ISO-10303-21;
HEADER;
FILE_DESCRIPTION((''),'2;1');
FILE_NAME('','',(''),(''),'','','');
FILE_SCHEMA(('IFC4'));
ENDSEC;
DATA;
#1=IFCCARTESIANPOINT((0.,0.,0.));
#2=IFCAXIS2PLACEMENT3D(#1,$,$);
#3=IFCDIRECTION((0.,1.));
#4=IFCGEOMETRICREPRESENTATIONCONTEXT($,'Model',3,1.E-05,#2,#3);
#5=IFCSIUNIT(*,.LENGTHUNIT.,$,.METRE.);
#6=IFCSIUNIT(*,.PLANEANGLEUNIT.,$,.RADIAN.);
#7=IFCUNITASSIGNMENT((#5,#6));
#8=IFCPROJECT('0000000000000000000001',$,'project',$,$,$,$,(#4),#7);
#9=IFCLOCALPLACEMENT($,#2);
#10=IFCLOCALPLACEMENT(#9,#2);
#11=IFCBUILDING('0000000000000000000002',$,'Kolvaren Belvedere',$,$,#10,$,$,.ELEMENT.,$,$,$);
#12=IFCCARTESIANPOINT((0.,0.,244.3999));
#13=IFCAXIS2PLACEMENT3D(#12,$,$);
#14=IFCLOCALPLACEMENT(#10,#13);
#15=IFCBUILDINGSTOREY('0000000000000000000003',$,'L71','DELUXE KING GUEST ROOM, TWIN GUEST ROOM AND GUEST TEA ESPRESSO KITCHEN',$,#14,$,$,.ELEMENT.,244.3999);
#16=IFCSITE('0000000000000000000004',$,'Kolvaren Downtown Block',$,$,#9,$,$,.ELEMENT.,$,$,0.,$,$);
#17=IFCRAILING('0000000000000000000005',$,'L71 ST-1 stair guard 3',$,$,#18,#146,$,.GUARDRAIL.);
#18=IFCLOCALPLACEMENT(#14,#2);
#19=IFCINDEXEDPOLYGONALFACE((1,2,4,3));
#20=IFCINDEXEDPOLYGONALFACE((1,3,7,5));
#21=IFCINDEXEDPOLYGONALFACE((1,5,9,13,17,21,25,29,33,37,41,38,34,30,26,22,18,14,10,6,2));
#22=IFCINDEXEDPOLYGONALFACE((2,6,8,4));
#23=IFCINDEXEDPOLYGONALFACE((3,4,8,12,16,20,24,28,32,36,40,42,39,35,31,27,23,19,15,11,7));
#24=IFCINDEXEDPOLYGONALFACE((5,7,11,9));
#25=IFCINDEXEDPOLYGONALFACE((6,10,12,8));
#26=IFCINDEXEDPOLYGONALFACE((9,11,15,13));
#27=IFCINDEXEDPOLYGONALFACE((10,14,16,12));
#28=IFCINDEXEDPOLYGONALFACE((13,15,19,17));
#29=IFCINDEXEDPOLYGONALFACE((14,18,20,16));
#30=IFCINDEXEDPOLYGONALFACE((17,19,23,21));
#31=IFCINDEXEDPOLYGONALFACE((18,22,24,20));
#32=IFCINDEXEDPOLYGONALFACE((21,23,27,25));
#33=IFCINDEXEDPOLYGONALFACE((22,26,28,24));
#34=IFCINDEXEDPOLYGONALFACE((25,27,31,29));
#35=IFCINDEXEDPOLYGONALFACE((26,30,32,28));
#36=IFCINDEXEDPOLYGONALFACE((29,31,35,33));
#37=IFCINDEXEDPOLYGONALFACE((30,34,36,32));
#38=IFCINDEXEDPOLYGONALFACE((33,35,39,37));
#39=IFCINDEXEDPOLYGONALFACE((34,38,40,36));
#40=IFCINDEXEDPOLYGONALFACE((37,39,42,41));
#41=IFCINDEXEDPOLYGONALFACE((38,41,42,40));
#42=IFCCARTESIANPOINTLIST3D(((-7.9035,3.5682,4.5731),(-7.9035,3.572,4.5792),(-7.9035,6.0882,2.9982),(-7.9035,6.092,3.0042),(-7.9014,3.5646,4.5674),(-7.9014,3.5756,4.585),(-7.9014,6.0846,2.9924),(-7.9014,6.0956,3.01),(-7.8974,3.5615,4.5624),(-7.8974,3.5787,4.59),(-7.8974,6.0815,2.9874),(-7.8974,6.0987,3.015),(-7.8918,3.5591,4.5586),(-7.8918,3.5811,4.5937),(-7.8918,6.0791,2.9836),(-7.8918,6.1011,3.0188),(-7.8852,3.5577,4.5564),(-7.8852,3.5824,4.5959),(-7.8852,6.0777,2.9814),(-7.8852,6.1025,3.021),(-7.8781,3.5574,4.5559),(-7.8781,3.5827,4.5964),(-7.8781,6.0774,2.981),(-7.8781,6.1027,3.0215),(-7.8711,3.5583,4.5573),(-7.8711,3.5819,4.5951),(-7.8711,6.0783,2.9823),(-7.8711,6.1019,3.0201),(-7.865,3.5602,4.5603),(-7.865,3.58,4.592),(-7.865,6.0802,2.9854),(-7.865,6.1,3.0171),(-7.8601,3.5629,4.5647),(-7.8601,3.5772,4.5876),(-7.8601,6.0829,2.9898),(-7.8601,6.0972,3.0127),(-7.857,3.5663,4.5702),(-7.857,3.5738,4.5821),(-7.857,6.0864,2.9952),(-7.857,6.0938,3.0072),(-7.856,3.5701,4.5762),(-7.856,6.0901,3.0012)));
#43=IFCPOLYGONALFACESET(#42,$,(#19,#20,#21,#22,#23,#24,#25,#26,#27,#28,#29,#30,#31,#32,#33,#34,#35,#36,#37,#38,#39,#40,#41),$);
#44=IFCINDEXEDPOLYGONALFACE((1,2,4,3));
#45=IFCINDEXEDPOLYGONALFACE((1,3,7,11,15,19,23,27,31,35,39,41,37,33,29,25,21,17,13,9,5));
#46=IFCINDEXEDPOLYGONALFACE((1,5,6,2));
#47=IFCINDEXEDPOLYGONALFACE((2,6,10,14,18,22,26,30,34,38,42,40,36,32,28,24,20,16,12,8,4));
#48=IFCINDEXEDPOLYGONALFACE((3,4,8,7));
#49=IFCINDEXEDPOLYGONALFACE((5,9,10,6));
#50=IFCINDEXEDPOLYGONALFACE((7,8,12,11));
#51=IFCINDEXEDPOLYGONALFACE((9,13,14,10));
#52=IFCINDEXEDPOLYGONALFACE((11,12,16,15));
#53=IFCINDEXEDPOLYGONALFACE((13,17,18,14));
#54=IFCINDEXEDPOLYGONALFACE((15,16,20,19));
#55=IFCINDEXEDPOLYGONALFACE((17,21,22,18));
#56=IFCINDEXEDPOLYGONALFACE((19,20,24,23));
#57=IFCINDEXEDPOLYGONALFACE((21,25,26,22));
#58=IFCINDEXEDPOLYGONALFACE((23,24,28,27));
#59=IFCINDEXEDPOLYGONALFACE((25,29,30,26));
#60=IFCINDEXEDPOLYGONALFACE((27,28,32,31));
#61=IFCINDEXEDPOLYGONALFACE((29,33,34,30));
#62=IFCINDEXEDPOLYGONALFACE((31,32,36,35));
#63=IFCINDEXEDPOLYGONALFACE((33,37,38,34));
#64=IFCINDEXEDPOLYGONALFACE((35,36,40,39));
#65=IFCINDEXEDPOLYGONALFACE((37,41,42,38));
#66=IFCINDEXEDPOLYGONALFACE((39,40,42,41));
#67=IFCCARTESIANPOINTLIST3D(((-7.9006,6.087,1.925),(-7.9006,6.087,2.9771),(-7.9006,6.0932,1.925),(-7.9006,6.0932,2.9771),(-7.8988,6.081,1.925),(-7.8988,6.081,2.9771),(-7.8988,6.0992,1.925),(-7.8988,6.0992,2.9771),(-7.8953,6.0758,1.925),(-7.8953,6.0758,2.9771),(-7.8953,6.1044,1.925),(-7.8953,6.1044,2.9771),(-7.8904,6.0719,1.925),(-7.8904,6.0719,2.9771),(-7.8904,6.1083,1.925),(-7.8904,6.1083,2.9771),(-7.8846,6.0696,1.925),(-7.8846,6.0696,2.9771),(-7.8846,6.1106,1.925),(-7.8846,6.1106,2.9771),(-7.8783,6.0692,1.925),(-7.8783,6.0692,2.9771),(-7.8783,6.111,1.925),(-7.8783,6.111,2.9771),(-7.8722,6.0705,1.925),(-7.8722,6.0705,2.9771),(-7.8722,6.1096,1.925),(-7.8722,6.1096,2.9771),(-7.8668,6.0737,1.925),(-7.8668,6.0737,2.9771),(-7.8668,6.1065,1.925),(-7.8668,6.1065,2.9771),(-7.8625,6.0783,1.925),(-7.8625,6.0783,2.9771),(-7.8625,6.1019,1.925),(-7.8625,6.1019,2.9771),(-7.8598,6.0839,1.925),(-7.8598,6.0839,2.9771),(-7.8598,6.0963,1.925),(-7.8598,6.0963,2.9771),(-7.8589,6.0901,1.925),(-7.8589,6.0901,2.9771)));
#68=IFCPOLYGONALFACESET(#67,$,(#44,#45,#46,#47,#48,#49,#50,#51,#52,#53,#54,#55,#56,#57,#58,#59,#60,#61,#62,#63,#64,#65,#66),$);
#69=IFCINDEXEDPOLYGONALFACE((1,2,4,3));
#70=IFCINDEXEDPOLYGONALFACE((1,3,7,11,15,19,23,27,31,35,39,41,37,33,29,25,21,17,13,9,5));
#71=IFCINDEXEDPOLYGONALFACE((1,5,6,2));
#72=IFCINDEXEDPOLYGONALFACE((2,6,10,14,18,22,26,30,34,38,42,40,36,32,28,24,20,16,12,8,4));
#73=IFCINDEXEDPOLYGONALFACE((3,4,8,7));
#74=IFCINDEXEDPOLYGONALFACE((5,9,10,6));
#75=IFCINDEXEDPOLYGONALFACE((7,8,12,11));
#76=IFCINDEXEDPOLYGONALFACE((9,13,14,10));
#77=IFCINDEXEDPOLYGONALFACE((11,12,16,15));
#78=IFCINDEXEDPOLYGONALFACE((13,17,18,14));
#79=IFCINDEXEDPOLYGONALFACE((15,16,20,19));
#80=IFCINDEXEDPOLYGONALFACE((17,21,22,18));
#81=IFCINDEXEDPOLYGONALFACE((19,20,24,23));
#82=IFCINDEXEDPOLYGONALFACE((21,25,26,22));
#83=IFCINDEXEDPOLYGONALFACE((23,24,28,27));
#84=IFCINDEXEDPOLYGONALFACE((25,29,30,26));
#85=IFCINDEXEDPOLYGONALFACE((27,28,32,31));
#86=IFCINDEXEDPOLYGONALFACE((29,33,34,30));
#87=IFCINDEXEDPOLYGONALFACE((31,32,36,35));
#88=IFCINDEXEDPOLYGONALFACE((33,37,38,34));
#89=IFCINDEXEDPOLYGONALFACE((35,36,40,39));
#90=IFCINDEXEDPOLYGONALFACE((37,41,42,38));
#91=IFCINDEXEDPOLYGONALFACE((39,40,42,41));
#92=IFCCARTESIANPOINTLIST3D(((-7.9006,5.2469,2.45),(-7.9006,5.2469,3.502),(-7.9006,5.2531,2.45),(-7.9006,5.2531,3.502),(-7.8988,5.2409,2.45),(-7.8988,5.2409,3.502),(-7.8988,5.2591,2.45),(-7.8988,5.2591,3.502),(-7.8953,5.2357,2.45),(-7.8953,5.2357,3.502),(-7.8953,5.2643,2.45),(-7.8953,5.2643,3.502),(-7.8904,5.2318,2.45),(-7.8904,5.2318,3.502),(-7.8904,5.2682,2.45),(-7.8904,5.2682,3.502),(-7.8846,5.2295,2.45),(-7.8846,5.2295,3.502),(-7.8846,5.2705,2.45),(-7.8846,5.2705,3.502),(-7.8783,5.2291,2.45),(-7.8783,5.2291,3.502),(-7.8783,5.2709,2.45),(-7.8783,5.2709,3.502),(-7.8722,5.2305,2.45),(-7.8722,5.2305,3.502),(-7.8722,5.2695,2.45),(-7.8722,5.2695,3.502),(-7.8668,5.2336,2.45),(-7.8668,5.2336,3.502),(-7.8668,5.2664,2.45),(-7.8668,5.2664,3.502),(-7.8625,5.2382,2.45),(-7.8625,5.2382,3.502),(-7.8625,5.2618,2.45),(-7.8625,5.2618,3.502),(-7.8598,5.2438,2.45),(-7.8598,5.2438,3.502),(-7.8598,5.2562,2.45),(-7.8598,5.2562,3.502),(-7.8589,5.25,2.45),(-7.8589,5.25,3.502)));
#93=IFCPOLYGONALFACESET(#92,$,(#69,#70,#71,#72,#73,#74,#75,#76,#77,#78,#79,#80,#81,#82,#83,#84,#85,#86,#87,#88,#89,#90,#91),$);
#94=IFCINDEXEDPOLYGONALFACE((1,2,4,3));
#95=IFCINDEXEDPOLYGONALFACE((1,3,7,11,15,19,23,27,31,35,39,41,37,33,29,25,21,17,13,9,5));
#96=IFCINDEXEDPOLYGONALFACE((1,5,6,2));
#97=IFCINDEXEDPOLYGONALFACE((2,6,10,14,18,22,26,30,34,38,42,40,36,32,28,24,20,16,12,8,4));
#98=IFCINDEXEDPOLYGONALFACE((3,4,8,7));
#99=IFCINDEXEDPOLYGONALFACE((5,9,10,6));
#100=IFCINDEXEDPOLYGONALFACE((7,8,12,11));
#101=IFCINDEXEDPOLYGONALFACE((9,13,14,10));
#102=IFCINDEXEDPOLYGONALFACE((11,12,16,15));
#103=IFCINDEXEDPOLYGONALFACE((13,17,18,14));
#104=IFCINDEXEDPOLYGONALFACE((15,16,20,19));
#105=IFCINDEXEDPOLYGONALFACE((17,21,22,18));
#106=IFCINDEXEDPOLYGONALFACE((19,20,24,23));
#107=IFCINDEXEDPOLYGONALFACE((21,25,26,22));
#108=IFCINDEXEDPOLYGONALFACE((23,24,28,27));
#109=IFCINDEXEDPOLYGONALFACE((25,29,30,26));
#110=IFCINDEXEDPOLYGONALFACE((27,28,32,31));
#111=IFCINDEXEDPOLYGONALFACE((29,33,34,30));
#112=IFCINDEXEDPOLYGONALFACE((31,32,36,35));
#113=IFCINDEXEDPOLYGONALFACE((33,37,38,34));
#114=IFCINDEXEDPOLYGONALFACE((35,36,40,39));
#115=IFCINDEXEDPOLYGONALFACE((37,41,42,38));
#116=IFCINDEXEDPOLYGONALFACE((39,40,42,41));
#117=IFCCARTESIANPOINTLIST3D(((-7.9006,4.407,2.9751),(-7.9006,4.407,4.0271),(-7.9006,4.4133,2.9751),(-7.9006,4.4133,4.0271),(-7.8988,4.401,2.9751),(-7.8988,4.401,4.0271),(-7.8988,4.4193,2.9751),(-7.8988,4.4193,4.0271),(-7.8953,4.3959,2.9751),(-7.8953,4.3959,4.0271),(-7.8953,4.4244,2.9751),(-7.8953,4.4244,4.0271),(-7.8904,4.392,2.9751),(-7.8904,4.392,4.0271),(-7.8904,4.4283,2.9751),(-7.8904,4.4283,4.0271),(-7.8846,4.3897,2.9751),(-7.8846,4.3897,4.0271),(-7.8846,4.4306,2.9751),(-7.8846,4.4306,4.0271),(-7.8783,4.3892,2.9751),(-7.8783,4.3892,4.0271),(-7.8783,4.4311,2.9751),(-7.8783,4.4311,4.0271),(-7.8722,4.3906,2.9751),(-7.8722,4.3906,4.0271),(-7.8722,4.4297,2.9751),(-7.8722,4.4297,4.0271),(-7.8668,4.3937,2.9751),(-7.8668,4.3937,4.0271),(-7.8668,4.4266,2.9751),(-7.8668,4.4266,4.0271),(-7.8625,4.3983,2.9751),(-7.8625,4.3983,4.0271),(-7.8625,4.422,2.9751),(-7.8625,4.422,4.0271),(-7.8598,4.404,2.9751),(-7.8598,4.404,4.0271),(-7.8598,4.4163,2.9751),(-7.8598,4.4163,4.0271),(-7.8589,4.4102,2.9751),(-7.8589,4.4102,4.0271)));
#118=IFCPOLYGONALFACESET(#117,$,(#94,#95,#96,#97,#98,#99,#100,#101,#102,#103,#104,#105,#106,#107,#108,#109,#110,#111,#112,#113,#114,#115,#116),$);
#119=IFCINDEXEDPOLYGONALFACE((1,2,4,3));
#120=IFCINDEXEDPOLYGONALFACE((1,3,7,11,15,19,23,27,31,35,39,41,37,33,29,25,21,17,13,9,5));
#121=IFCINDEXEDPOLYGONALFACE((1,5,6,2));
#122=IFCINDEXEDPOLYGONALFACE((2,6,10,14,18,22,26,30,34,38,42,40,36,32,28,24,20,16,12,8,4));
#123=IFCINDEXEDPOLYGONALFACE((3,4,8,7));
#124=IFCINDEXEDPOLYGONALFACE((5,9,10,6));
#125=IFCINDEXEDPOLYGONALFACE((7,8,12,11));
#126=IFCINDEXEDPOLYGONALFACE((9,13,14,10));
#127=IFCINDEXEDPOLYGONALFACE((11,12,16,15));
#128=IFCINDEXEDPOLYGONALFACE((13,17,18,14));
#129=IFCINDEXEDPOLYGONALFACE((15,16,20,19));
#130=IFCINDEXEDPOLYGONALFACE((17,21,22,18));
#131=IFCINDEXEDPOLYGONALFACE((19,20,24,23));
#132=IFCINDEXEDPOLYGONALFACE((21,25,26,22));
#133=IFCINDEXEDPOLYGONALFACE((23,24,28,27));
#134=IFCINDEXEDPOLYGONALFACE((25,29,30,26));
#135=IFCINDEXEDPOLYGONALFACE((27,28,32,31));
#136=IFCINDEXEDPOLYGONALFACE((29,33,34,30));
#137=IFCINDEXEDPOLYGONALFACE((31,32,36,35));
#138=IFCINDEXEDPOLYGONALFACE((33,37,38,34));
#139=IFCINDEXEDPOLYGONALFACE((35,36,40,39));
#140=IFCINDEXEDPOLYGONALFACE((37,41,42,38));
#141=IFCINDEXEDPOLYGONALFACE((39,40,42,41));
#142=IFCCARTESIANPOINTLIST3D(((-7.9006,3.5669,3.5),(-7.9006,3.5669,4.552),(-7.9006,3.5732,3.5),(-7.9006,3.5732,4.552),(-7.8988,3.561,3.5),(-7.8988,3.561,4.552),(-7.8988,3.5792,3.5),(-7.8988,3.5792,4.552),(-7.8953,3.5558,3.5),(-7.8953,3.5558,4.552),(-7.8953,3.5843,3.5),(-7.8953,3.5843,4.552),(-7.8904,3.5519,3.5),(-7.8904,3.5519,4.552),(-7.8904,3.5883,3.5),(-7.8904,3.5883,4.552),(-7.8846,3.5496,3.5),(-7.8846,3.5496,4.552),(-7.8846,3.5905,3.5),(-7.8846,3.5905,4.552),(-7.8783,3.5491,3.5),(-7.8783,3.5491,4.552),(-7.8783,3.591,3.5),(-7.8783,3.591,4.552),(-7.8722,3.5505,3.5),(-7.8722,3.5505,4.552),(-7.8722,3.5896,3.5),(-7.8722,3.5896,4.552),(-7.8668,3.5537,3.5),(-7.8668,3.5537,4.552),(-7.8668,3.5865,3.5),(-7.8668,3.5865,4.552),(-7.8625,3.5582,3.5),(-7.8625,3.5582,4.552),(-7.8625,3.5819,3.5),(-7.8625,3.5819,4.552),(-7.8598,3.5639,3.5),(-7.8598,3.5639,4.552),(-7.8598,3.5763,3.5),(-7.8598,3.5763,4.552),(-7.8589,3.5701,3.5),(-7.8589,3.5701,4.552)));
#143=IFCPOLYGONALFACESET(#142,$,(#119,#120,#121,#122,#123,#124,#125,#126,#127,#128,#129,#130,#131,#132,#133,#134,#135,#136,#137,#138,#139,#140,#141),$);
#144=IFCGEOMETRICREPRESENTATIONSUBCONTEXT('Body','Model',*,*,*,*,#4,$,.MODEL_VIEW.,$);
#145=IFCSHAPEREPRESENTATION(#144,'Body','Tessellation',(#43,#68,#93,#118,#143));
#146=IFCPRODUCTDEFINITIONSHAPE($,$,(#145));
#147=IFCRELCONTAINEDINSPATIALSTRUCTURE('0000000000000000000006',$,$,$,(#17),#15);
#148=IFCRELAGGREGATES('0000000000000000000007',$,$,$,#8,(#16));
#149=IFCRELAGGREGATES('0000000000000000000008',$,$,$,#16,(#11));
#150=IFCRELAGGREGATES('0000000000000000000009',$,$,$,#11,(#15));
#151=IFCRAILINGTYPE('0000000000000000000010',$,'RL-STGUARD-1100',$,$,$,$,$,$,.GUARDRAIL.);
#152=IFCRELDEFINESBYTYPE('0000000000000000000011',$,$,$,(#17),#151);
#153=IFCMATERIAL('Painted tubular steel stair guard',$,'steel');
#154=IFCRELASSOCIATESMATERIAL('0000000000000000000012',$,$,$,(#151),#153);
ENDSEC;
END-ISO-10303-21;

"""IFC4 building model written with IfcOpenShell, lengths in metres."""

from ifc_helpers import new_model, si_unit, direction, frame, origin, origin_2d, place, context, subcontext, project, spatial, circle, extrude, material, type_object, element, save


model = new_model("IFC4")

# Units and contexts
model_context = context("Model", 3, precision=1e-05, world=origin(), true_north=direction((0.0, 1.0)))
body_context = subcontext(model_context, "Body", "Model", "MODEL_VIEW")
ifc_project = project(units=[si_unit("LENGTHUNIT", "METRE"), si_unit("PLANEANGLEUNIT", "RADIAN")], contexts=[model_context])

# Site, building, storey
site_placement = place(None, origin())
site = spatial("IfcSite", under=ifc_project, at=site_placement, Name="Kolvaren Downtown Block", CompositionType="ELEMENT", RefElevation=0.0)
building_placement = place(site_placement, origin())
building = spatial("IfcBuilding", under=site, at=building_placement, Name="Kolvaren Belvedere", CompositionType="ELEMENT")
storey_placement = place(building_placement, frame((0.0, 0.0, 244.3999)))
storey = spatial("IfcBuildingStorey", under=building, at=storey_placement, Name="L71", Description="DELUXE KING GUEST ROOM, TWIN GUEST ROOM AND GUEST TEA ESPRESSO KITCHEN", CompositionType="ELEMENT", Elevation=244.3999)

# Railing
ifc_material_1 = material(Name="Painted tubular steel stair guard", Category="steel")
railing_type_1 = type_object("IfcRailingType", Name="RL-STGUARD-1100", PredefinedType="GUARDRAIL", material=ifc_material_1)
railing_1_placement = place(storey_placement, frame((-7.8799, 6.0901, 1.925)))
element("IfcRailing", 1, at=railing_1_placement, inside=storey, type_object=railing_type_1, Name="L71 ST-1 stair guard 3", PredefinedType="GUARDRAIL", context=body_context, shape_type="SweptSolid", body=[
    extrude(circle(Radius=0.0239, at=origin_2d()), frame((0.0, 0.0, 1.0762), z_axis=(0.0, -0.848008, 0.529984), x_axis=(1.0, 0.0, 0.0)), (0.0, 0.0, 1.0), 2.9717),
    extrude(circle(Radius=0.021, at=origin_2d()), origin(), (0.0, 0.0, 1.0), 1.052),
    extrude(circle(Radius=0.021, at=origin_2d()), frame((0.0, -0.8401, 0.5249)), (0.0, 0.0, 1.0), 1.052),
    extrude(circle(Radius=0.021, at=origin_2d()), frame((0.0, -1.6799, 1.05)), (0.0, 0.0, 1.0), 1.052),
    extrude(circle(Radius=0.021, at=origin_2d()), frame((0.0, -2.52, 1.575)), (0.0, 0.0, 1.0), 1.052),
])

save(model, "model.ifc")
